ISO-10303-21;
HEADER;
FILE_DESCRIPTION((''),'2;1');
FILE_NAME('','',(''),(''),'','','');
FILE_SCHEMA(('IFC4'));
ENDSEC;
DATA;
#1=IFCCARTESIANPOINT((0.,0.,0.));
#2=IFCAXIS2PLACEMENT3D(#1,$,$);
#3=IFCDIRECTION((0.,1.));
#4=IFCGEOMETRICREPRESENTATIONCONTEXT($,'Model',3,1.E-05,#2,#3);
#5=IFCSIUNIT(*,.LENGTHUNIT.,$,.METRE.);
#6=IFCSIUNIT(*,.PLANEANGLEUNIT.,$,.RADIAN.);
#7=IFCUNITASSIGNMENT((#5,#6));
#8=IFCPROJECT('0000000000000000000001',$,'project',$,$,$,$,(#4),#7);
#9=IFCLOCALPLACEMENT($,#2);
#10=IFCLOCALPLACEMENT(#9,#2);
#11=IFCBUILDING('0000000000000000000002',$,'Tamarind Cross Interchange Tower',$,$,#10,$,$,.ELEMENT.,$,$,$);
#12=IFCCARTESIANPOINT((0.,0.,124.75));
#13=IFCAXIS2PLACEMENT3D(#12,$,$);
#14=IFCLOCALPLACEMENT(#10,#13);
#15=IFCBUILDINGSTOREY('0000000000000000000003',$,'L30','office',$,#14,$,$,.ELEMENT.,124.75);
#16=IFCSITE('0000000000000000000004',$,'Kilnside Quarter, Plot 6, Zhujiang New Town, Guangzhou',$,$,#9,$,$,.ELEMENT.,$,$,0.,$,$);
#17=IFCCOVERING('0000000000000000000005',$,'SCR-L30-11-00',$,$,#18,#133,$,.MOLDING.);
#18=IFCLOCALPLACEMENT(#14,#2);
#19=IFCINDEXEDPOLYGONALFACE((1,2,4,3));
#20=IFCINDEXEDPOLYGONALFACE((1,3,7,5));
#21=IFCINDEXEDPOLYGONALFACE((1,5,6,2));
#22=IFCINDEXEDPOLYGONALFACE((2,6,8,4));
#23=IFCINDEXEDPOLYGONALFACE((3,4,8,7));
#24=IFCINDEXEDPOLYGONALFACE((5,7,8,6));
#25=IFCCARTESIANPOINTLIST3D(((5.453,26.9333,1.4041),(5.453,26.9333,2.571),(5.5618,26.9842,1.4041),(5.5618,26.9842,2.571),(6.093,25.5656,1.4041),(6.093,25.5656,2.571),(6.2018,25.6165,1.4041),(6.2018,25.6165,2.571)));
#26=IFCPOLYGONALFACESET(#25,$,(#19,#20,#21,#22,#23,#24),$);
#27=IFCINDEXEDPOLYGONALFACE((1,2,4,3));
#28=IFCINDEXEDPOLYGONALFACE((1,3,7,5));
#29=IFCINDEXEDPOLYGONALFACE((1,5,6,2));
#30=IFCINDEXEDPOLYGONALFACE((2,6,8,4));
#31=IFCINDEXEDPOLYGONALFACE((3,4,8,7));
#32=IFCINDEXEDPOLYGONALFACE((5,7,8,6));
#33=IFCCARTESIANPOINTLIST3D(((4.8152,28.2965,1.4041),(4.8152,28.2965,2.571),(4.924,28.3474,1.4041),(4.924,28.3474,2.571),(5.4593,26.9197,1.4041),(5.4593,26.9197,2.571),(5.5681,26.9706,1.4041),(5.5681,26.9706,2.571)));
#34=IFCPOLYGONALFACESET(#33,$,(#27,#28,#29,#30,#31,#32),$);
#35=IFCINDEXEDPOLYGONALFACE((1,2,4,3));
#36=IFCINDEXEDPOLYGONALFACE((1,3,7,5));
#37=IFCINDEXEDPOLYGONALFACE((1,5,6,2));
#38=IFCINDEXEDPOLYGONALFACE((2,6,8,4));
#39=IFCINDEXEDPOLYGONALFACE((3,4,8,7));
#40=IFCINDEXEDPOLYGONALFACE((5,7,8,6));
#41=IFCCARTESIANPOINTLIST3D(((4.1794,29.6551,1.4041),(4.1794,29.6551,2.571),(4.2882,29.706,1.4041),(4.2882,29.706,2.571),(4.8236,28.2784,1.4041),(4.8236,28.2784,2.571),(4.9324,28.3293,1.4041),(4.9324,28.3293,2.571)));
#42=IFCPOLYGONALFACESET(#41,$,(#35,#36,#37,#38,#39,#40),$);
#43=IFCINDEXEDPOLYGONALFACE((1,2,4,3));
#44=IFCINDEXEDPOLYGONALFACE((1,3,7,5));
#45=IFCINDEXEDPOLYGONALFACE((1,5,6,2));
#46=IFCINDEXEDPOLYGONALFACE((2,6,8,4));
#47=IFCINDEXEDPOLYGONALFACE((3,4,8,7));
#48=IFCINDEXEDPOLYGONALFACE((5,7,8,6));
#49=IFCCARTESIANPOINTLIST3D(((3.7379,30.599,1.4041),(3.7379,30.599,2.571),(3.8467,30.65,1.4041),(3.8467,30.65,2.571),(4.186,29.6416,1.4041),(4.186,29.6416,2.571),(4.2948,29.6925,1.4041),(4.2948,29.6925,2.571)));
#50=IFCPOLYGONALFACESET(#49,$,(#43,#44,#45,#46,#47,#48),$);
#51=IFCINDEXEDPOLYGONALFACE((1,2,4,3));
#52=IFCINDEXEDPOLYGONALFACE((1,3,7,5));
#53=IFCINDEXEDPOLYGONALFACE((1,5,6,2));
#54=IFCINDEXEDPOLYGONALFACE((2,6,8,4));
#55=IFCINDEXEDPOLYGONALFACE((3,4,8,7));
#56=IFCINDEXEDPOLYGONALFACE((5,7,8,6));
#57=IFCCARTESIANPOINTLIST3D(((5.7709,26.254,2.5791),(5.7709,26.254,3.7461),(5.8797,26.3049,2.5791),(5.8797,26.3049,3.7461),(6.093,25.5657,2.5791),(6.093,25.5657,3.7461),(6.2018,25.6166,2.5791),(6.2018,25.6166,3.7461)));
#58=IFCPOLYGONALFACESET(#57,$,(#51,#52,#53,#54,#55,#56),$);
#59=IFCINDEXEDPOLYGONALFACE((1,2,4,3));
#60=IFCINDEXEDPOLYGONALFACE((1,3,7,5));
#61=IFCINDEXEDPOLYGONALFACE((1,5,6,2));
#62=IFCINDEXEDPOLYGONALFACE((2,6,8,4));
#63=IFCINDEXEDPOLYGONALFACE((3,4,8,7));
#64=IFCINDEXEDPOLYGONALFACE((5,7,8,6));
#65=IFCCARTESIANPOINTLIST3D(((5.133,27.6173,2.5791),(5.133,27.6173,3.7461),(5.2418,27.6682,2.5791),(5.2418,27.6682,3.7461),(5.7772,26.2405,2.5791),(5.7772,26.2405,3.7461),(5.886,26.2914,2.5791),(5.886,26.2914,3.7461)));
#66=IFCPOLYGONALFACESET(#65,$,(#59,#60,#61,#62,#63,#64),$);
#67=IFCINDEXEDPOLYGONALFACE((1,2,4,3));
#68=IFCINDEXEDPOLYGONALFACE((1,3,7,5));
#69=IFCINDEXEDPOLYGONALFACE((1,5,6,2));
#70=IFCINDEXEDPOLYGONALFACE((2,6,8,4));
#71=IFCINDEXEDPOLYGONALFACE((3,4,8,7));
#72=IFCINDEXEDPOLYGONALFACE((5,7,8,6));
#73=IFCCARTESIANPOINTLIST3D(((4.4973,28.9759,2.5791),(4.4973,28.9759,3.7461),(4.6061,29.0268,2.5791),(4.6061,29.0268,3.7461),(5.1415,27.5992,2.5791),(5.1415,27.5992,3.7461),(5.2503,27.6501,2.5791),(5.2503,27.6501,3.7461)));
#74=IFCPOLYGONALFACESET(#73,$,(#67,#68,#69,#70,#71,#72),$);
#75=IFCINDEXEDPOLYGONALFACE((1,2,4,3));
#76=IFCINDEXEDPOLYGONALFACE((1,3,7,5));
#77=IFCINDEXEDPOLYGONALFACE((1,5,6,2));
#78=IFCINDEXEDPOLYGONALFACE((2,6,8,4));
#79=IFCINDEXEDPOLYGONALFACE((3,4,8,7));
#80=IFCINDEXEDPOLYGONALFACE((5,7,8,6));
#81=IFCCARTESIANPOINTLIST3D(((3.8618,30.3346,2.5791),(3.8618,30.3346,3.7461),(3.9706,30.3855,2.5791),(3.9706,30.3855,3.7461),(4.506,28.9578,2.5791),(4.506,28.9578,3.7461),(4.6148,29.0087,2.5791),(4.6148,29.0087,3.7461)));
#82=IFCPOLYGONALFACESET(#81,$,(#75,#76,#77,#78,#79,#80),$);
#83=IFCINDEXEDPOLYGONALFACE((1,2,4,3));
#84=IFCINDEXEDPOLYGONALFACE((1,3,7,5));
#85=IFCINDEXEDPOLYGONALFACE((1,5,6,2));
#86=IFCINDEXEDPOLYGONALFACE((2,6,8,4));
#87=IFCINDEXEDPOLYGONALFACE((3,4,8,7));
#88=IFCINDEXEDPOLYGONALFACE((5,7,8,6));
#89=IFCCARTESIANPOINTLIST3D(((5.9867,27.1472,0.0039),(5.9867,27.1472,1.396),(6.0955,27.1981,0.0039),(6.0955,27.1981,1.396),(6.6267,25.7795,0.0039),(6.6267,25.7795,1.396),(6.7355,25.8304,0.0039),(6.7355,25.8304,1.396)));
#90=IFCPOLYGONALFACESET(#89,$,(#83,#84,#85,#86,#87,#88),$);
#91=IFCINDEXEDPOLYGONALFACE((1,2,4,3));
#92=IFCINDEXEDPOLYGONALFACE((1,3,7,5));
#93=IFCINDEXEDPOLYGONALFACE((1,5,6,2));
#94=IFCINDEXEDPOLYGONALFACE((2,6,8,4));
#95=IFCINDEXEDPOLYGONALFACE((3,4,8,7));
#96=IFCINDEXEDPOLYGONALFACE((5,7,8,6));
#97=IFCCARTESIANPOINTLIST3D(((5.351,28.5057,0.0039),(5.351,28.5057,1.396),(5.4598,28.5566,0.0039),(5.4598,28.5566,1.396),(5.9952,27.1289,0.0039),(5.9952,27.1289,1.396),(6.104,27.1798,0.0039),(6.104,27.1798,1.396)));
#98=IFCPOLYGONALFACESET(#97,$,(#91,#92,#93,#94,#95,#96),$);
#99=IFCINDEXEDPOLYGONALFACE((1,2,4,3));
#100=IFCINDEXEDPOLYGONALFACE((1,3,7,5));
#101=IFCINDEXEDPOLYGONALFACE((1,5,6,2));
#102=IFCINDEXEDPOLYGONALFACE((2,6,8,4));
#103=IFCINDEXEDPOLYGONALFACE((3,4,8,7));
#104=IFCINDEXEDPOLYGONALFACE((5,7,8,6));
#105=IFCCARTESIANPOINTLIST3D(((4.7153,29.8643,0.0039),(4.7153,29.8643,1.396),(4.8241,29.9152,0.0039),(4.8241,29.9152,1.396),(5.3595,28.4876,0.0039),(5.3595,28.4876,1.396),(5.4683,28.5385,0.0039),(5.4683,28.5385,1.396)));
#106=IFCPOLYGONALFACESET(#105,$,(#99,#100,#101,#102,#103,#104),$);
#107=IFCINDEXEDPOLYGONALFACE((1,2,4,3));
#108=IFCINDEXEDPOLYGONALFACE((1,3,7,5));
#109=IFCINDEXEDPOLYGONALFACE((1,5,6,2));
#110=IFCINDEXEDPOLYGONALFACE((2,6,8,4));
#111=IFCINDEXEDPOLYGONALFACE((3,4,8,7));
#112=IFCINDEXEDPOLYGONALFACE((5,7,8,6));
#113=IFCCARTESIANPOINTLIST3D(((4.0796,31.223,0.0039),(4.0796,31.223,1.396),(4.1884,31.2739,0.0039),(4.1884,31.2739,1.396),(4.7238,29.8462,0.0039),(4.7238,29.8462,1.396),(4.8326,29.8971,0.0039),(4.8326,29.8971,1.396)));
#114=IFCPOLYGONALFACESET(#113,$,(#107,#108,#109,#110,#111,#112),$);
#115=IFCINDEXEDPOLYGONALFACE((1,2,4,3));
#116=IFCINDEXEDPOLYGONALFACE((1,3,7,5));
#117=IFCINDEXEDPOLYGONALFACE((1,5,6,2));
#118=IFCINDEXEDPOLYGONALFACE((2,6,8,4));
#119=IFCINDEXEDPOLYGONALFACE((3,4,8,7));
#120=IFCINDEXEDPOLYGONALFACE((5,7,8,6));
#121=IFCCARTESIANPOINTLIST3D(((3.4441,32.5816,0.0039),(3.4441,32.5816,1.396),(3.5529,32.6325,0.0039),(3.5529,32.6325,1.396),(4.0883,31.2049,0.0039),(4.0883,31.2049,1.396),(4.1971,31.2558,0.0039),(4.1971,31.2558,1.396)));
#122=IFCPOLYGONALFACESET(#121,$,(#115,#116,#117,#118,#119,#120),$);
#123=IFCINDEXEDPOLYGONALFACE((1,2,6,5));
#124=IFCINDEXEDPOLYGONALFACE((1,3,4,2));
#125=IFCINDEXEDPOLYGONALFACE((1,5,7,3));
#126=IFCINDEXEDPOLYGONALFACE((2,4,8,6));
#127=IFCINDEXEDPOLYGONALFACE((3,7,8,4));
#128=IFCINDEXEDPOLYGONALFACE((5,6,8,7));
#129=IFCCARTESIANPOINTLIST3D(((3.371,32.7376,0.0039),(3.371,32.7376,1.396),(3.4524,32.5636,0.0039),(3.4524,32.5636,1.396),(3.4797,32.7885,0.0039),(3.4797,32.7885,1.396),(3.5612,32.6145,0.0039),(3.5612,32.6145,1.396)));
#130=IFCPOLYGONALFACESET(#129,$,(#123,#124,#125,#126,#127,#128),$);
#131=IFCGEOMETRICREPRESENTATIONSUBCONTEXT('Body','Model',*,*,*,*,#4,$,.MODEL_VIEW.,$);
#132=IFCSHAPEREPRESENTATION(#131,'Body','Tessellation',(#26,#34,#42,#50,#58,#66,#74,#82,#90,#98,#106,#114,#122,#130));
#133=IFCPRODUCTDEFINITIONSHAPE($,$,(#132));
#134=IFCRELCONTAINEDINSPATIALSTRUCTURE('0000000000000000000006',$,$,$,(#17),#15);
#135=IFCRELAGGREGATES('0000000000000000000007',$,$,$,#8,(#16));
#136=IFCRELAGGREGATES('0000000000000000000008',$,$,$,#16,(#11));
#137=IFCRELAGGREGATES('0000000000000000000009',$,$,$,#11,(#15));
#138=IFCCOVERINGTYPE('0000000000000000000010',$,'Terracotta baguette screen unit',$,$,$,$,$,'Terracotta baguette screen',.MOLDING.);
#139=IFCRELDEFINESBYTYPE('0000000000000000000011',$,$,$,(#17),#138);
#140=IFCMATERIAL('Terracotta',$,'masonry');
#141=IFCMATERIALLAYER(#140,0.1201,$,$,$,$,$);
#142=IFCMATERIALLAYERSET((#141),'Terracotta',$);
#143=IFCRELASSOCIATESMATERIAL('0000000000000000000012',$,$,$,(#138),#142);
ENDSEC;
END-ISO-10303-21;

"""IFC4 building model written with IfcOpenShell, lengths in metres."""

from ifc_helpers import new_model, si_unit, direction, frame, origin, origin_2d, place, context, subcontext, project, spatial, rectangle, extrude, material, layer, layer_set, type_object, element, save


model = new_model("IFC4")

# Units and contexts
model_context = context("Model", 3, precision=1e-05, world=origin(), true_north=direction((0.0, 1.0)))
body_context = subcontext(model_context, "Body", "Model", "MODEL_VIEW")
ifc_project = project(units=[si_unit("LENGTHUNIT", "METRE"), si_unit("PLANEANGLEUNIT", "RADIAN")], contexts=[model_context])

# Site, building, storey
site_placement = place(None, origin())
site = spatial("IfcSite", under=ifc_project, at=site_placement, Name="Kilnside Quarter, Plot 6, Zhujiang New Town, Guangzhou", CompositionType="ELEMENT", RefElevation=0.0)
building_placement = place(site_placement, origin())
building = spatial("IfcBuilding", under=site, at=building_placement, Name="Tamarind Cross Interchange Tower", CompositionType="ELEMENT")
storey_placement = place(building_placement, frame((0.0, 0.0, 124.75)))
storey = spatial("IfcBuildingStorey", under=building, at=storey_placement, Name="L30", Description="office", CompositionType="ELEMENT", Elevation=124.75)

# Covering
ifc_material_1 = material(Name="Terracotta", Category="masonry")
ifc_layer_1 = layer(ifc_material_1, 0.1201)
ifc_layer_set_1 = layer_set([ifc_layer_1], Name="Terracotta")
covering_type = type_object("IfcCoveringType", Name="Terracotta baguette screen unit", ElementType="Terracotta baguette screen", PredefinedType="MOLDING", material=ifc_layer_set_1)
covering_1_placement = place(storey_placement, origin())
element("IfcCovering", 1, at=covering_1_placement, inside=storey, type_object=covering_type, Name="SCR-L30-11-00", PredefinedType="MOLDING", context=body_context, shape_type="SweptSolid", body=[
    extrude(rectangle(XDim=1.51, YDim=0.1201, at=origin_2d()), frame((5.8274, 26.2749, 1.4041), z_axis=(0.0, 0.0, 1.0), x_axis=(-0.423807, 0.905752, 0.0)), (0.0, 0.0, 1.0), 1.167),
    extrude(rectangle(XDim=1.52, YDim=0.1201, at=origin_2d()), frame((5.1917, 27.6335, 1.4041), z_axis=(0.0, 0.0, 1.0), x_axis=(-0.423807, 0.905752, 0.0)), (0.0, 0.0, 1.0), 1.167),
    extrude(rectangle(XDim=1.52, YDim=0.1201, at=origin_2d()), frame((4.5559, 28.9922, 1.4041), z_axis=(0.0, 0.0, 1.0), x_axis=(-0.423807, 0.905752, 0.0)), (0.0, 0.0, 1.0), 1.167),
    extrude(rectangle(XDim=1.0571, YDim=0.1201, at=origin_2d()), frame((4.0164, 30.1458, 1.4041), z_axis=(0.0, 0.0, 1.0), x_axis=(-0.423807, 0.905752, 0.0)), (0.0, 0.0, 1.0), 1.167),
    extrude(rectangle(XDim=0.76, YDim=0.1201, at=origin_2d()), frame((5.9863, 25.9353, 2.5791), z_axis=(0.0, 0.0, 1.0), x_axis=(-0.423807, 0.905752, 0.0)), (0.0, 0.0, 1.0), 1.167),
    extrude(rectangle(XDim=1.52, YDim=0.1201, at=origin_2d()), frame((5.5095, 26.9543, 2.5791), z_axis=(0.0, 0.0, 1.0), x_axis=(-0.423807, 0.905752, 0.0)), (0.0, 0.0, 1.0), 1.167),
    extrude(rectangle(XDim=1.52, YDim=0.1201, at=origin_2d()), frame((4.8738, 28.313, 2.5791), z_axis=(0.0, 0.0, 1.0), x_axis=(-0.423807, 0.905752, 0.0)), (0.0, 0.0, 1.0), 1.167),
    extrude(rectangle(XDim=1.52, YDim=0.1201, at=origin_2d()), frame((4.2383, 29.6716, 2.5791), z_axis=(0.0, 0.0, 1.0), x_axis=(-0.423807, 0.905752, 0.0)), (0.0, 0.0, 1.0), 1.167),
    extrude(rectangle(XDim=1.51, YDim=0.1201, at=origin_2d()), frame((6.3611, 26.4888, 0.0039), z_axis=(0.0, 0.0, 1.0), x_axis=(-0.423807, 0.905752, 0.0)), (0.0, 0.0, 1.0), 1.3921),
    extrude(rectangle(XDim=1.52, YDim=0.1201, at=origin_2d()), frame((5.7275, 27.8428, 0.0039), z_axis=(0.0, 0.0, 1.0), x_axis=(-0.423807, 0.905752, 0.0)), (0.0, 0.0, 1.0), 1.3921),
    extrude(rectangle(XDim=1.52, YDim=0.1201, at=origin_2d()), frame((5.0918, 29.2014, 0.0039), z_axis=(0.0, 0.0, 1.0), x_axis=(-0.423807, 0.905752, 0.0)), (0.0, 0.0, 1.0), 1.3921),
    extrude(rectangle(XDim=1.52, YDim=0.1201, at=origin_2d()), frame((4.4561, 30.5601, 0.0039), z_axis=(0.0, 0.0, 1.0), x_axis=(-0.423807, 0.905752, 0.0)), (0.0, 0.0, 1.0), 1.3921),
    extrude(rectangle(XDim=1.52, YDim=0.1201, at=origin_2d()), frame((3.8206, 31.9187, 0.0039), z_axis=(0.0, 0.0, 1.0), x_axis=(-0.423807, 0.905752, 0.0)), (0.0, 0.0, 1.0), 1.3921),
    extrude(rectangle(XDim=0.1921, YDim=0.1201, at=origin_2d()), frame((3.4661, 32.676, 0.0039), z_axis=(0.0, 0.0, 1.0), x_axis=(-0.423807, 0.905752, 0.0)), (0.0, 0.0, 1.0), 1.3921),
])

save(model, "model.ifc")
